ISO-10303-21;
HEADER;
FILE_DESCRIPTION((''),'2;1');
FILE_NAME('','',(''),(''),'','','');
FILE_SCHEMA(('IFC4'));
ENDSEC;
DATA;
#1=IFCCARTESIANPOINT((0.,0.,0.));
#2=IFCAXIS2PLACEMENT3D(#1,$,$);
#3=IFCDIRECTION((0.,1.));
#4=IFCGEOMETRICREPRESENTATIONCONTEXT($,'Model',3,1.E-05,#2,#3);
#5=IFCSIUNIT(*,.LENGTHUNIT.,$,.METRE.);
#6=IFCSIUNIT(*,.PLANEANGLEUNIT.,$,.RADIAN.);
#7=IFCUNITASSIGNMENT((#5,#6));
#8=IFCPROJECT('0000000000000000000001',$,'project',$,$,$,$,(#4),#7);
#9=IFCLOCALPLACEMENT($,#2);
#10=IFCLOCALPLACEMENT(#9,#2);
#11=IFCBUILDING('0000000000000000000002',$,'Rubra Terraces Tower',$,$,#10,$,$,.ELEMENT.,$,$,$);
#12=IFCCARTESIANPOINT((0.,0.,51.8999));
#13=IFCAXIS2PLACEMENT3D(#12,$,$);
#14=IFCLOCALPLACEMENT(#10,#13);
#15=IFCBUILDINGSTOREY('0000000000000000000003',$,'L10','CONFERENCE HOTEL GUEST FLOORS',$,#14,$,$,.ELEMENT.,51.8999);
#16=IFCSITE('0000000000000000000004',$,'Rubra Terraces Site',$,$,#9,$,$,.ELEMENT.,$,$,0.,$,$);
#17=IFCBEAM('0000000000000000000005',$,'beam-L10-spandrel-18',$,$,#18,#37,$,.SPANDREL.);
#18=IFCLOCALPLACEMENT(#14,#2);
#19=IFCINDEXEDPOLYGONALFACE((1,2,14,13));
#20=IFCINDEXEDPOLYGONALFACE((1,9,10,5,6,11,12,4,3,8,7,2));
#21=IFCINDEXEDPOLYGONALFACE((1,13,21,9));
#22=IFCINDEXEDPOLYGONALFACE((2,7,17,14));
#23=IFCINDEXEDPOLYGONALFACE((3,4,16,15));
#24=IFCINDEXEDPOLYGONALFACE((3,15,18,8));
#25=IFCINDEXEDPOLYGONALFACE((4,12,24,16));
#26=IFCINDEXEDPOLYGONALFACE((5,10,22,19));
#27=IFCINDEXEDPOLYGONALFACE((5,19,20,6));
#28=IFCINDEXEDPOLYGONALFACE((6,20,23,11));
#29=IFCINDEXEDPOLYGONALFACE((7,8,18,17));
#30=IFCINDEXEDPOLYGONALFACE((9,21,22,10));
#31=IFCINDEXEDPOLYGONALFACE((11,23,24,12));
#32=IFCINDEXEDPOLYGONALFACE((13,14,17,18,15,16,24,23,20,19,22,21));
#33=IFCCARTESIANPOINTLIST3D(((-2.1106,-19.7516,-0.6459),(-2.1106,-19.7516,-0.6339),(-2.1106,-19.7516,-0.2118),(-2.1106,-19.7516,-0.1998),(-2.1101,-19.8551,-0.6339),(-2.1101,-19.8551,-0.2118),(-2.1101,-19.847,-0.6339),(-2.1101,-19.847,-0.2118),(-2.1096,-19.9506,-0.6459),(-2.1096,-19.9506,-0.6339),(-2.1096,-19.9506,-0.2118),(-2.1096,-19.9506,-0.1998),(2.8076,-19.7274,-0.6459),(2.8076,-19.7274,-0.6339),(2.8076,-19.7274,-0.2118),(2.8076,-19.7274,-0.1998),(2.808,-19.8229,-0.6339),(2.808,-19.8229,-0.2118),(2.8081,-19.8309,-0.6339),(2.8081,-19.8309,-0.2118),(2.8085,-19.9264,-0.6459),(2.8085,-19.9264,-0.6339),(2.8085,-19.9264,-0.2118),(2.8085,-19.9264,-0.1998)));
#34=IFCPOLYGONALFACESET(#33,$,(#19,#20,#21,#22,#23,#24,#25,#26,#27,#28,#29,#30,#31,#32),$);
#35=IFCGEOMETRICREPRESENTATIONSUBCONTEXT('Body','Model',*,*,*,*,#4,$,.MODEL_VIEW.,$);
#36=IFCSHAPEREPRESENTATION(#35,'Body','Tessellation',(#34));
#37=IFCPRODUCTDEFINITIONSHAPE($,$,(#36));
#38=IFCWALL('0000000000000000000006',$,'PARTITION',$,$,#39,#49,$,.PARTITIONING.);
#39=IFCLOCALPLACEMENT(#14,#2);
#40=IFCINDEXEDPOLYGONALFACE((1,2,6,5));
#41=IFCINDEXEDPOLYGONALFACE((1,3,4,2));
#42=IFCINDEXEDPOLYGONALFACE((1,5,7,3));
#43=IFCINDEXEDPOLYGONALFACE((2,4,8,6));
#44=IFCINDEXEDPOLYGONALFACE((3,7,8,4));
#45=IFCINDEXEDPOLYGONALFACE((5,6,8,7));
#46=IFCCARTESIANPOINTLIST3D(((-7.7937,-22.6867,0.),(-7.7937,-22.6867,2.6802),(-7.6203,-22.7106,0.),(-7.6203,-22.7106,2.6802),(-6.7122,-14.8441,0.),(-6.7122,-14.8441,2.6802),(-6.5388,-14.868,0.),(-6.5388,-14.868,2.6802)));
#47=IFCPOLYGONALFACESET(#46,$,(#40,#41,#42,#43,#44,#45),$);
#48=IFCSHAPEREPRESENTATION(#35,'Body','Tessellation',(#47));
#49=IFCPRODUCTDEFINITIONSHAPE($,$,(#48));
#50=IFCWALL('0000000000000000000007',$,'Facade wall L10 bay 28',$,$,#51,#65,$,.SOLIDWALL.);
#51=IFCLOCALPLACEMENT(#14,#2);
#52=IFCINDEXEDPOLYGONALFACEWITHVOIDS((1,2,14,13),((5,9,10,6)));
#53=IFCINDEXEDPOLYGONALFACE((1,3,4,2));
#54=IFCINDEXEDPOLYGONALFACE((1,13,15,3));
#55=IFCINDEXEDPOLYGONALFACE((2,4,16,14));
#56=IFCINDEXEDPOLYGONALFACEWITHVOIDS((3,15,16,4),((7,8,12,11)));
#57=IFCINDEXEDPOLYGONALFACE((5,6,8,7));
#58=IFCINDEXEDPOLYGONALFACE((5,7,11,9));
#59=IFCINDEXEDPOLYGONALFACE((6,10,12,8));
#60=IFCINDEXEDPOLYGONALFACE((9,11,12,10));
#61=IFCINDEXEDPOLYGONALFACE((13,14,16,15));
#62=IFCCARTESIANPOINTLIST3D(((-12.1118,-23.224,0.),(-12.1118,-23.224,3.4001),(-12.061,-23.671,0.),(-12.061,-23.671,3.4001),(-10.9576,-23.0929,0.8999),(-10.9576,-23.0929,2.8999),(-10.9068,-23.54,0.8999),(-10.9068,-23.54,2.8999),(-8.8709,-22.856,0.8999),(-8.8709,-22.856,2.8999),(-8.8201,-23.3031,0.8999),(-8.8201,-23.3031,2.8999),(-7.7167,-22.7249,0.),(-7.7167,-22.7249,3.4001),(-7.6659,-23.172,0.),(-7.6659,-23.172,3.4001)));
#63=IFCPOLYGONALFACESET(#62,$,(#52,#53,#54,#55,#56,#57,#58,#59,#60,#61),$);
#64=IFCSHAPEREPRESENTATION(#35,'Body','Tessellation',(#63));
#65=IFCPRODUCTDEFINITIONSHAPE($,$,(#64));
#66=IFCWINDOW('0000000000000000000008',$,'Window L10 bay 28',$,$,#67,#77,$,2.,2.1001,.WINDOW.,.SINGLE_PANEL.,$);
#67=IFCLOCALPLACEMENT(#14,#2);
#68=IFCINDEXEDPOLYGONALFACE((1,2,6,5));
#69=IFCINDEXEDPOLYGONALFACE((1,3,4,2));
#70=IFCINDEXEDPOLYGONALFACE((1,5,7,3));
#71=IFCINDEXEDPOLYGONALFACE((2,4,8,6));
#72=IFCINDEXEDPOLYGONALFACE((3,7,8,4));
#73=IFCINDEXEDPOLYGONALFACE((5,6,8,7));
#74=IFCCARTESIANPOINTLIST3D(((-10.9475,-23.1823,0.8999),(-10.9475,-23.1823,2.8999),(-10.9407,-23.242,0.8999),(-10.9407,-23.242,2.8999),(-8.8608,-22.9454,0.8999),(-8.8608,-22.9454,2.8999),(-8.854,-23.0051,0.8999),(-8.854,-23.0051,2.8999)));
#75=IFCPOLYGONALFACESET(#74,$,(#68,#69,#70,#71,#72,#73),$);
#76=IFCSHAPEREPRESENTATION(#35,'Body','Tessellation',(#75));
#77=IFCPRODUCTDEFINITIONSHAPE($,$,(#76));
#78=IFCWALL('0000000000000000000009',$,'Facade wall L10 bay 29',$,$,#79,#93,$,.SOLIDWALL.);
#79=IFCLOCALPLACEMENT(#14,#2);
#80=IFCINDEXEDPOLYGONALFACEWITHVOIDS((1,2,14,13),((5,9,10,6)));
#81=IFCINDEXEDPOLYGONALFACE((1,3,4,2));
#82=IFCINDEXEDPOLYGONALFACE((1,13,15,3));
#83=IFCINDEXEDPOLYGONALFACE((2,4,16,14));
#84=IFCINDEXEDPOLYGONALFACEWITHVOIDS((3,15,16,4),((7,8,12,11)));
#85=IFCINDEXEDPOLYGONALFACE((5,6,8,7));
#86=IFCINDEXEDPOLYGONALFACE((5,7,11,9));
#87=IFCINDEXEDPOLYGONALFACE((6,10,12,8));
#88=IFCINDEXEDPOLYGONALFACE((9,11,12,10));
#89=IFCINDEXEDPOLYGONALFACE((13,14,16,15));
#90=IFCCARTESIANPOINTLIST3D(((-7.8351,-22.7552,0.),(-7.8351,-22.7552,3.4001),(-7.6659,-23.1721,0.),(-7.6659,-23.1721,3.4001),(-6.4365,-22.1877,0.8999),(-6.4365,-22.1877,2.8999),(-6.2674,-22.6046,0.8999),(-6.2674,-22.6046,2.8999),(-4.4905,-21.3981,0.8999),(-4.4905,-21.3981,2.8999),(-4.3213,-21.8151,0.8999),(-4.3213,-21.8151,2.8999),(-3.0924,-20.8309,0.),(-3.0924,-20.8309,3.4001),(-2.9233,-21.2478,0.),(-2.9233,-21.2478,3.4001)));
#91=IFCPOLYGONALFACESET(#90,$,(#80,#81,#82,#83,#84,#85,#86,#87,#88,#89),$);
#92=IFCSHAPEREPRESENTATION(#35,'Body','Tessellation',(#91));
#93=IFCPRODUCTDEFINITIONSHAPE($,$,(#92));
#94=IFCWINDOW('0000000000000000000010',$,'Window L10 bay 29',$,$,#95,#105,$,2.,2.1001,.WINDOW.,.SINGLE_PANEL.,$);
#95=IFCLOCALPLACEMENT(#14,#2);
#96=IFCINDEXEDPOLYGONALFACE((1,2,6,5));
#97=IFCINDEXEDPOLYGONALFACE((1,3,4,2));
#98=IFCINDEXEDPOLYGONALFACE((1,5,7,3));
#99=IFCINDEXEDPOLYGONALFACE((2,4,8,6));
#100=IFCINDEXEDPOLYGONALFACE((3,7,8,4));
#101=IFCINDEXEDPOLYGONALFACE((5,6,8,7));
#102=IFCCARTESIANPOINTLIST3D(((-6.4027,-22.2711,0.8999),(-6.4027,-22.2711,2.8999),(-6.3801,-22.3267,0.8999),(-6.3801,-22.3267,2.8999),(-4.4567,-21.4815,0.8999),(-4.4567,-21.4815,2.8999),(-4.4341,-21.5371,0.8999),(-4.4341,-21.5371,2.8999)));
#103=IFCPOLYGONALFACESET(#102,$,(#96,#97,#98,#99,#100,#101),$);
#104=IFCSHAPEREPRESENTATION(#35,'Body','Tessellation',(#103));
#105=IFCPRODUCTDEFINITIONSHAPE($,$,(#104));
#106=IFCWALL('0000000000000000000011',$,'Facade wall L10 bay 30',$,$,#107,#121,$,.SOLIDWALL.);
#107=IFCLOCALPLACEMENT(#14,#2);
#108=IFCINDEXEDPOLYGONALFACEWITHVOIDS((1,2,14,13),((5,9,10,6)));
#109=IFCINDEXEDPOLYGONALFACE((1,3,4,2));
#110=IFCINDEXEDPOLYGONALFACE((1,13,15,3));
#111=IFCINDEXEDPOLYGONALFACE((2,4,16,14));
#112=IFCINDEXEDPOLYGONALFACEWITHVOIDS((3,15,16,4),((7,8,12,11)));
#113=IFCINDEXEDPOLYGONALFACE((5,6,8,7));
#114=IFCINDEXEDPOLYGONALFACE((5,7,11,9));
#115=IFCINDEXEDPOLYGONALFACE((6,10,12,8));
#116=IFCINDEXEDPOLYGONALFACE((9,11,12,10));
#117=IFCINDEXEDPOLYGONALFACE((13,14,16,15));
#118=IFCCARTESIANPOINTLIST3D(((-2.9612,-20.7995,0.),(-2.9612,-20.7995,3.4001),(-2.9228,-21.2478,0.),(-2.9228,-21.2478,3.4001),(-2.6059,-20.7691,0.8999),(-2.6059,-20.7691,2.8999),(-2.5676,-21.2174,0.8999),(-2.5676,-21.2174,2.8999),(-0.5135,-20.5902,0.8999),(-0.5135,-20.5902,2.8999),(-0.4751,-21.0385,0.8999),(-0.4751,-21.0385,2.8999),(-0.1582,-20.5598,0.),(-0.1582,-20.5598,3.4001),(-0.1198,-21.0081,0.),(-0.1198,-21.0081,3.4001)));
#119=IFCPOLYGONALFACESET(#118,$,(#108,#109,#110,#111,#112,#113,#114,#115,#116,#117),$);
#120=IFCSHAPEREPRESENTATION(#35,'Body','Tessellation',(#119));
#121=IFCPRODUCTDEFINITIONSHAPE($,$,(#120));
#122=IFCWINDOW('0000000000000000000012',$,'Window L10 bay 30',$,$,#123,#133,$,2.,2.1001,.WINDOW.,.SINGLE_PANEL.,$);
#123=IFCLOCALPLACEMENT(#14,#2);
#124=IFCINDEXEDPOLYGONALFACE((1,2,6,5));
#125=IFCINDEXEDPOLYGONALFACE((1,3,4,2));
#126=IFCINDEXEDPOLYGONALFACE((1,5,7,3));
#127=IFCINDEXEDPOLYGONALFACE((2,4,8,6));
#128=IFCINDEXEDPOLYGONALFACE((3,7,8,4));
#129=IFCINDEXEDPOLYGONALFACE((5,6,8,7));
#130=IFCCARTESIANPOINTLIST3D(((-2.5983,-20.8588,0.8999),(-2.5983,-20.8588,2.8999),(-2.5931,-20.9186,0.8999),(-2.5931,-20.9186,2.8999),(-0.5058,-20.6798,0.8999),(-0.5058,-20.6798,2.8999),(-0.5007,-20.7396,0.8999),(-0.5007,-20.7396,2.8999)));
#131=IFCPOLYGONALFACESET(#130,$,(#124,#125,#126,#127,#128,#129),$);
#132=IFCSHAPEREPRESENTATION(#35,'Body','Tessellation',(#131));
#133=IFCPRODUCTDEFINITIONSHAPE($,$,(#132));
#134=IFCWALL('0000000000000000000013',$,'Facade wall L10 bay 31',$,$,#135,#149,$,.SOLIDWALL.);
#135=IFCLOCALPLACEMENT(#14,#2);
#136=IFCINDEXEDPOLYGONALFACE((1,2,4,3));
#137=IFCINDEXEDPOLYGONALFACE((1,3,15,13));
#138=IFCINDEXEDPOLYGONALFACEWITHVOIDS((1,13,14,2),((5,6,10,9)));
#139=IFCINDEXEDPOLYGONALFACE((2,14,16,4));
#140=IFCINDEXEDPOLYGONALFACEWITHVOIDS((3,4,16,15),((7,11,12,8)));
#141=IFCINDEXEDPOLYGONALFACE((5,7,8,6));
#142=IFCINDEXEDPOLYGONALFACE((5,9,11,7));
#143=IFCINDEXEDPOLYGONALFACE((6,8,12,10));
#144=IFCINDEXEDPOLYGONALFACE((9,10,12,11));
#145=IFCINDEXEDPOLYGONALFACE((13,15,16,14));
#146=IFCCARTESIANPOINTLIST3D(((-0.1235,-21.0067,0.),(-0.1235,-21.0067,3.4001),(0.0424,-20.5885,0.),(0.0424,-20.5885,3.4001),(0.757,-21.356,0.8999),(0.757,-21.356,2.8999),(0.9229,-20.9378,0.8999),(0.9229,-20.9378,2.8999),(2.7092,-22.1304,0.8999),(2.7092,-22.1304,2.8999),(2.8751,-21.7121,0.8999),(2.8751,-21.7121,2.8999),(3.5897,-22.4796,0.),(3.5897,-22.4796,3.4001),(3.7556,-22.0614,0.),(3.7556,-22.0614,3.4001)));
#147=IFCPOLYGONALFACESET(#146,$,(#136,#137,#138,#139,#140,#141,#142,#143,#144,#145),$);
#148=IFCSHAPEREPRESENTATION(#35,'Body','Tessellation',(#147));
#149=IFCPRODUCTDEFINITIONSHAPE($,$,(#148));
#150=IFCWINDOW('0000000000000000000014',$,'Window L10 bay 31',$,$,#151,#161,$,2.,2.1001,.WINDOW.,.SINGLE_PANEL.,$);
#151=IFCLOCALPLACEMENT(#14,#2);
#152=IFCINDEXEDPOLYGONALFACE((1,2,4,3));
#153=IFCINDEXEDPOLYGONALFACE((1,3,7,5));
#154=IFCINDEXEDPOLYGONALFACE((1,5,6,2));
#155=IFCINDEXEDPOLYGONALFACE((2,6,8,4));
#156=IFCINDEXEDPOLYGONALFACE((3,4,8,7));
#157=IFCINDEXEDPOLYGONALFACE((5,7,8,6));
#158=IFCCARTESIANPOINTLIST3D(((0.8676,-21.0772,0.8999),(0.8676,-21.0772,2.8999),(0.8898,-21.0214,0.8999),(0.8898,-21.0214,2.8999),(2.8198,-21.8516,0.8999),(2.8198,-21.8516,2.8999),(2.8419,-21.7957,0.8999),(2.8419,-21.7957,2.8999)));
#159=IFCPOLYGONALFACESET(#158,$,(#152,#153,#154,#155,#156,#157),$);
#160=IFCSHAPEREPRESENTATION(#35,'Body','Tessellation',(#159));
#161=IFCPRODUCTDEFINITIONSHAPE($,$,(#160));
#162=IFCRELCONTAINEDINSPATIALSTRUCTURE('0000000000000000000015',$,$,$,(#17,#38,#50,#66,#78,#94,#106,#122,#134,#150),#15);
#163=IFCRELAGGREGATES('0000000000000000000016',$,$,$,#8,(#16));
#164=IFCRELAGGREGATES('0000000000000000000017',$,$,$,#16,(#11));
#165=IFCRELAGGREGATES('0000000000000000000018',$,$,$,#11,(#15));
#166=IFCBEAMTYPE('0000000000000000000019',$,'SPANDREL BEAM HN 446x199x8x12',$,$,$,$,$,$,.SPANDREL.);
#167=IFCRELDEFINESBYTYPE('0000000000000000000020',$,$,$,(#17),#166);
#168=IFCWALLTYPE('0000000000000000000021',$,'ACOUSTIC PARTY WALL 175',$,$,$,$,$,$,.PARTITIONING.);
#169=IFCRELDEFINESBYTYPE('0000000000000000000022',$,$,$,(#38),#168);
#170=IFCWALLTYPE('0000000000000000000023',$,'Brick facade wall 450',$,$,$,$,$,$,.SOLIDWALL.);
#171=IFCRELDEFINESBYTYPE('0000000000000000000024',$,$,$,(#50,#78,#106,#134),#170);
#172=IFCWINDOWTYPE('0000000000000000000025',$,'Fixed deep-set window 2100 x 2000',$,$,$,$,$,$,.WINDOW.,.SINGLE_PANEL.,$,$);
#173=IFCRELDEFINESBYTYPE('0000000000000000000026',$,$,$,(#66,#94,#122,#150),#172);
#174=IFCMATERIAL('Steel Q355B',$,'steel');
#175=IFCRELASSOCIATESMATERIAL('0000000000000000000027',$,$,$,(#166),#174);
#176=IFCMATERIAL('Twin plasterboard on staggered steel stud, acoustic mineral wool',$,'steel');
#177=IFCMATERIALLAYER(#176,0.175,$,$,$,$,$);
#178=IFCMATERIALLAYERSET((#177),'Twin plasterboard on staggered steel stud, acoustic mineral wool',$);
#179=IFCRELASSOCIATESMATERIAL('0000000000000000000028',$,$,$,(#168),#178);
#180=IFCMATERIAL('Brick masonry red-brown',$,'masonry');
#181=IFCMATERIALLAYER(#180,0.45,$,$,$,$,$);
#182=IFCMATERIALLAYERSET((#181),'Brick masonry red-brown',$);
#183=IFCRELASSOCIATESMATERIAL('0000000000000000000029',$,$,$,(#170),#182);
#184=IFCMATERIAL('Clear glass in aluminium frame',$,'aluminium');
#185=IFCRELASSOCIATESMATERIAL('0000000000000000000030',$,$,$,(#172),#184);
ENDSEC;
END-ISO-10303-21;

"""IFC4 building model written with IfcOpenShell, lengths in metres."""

from ifc_helpers import new_model, si_unit, direction, frame, frame_2d, origin, origin_2d, place, context, subcontext, project, spatial, rectangle, i_section, extrude, material, layer, layer_set, material_profile, profile_set, type_object, element, fill, save


model = new_model("IFC4")

# Units and contexts
model_context = context("Model", 3, precision=1e-05, world=origin(), true_north=direction((0.0, 1.0)))
body_context = subcontext(model_context, "Body", "Model", "MODEL_VIEW")
ifc_project = project(units=[si_unit("LENGTHUNIT", "METRE"), si_unit("PLANEANGLEUNIT", "RADIAN")], contexts=[model_context])

# Site, building, storey
site_placement = place(None, origin())
site = spatial("IfcSite", under=ifc_project, at=site_placement, Name="Rubra Terraces Site", CompositionType="ELEMENT", RefElevation=0.0)
building_placement = place(site_placement, origin())
building = spatial("IfcBuilding", under=site, at=building_placement, Name="Rubra Terraces Tower", CompositionType="ELEMENT")
storey_placement = place(building_placement, frame((0.0, 0.0, 51.8999)))
storey = spatial("IfcBuildingStorey", under=building, at=storey_placement, Name="L10", Description="CONFERENCE HOTEL GUEST FLOORS", CompositionType="ELEMENT", Elevation=51.8999)

# Beam
ifc_material_1 = material(Name="Steel Q355B", Category="steel")
ifc_material_profile_1 = material_profile(ifc_material_1, i_section(OverallWidth=0.199, OverallDepth=0.446, WebThickness=0.0081, FlangeThickness=0.012, at=origin_2d()), Name="HN 446x199x8x12")
ifc_profile_set_1 = profile_set([ifc_material_profile_1], Name="Steel Q355B")
beam_type_1 = type_object("IfcBeamType", Name="SPANDREL BEAM HN 446x199x8x12", PredefinedType="SPANDREL", material=ifc_profile_set_1)
beam_1_placement = place(storey_placement, frame((-2.1101, -19.8511, -0.4229), z_axis=(0.999988, 0.004914, 0.0), x_axis=(-0.004914, 0.999988, 0.0)))
element("IfcBeam", 1, at=beam_1_placement, inside=storey, type_object=beam_type_1, Name="beam-L10-spandrel-18", PredefinedType="SPANDREL", context=body_context, shape_type="SweptSolid", body=[
    extrude(i_section(OverallWidth=0.199, OverallDepth=0.446, WebThickness=0.0081, FlangeThickness=0.012, at=origin_2d()), origin(), (0.0, 0.0, 1.0), 4.9182),
])

# Wall
ifc_material_2 = material(Name="Twin plasterboard on staggered steel stud, acoustic mineral wool", Category="steel")
ifc_layer_1 = layer(ifc_material_2, 0.175)
ifc_layer_set_1 = layer_set([ifc_layer_1], Name="Twin plasterboard on staggered steel stud, acoustic mineral wool")
wall_type_1 = type_object("IfcWallType", Name="ACOUSTIC PARTY WALL 175", PredefinedType="PARTITIONING", material=ifc_layer_set_1)
wall_1_placement = place(storey_placement, frame((-7.707, -22.6987, 0.0), z_axis=(0.0, 0.0, 1.0), x_axis=(0.136614, 0.990624, 0.0)))
element("IfcWall", 2, at=wall_1_placement, inside=storey, type_object=wall_type_1, Name="PARTITION", PredefinedType="PARTITIONING", context=body_context, shape_type="SweptSolid", body=[
    extrude(rectangle(XDim=7.9167, YDim=0.175, at=frame_2d((3.9585, 0.0))), origin(), (0.0, 0.0, 1.0), 2.6802),
])

# Walls, openings, windows
ifc_material_3 = material(Name="Brick masonry red-brown", Category="masonry")
ifc_layer_2 = layer(ifc_material_3, 0.45)
ifc_layer_set_2 = layer_set([ifc_layer_2], Name="Brick masonry red-brown")
wall_type_2 = type_object("IfcWallType", Name="Brick facade wall 450", PredefinedType="SOLIDWALL", material=ifc_layer_set_2)
wall_2_placement = place(storey_placement, frame((-12.0864, -23.4475, 0.0), z_axis=(0.0, 0.0, 1.0), x_axis=(0.993616, 0.112818, 0.0)))
wall_2 = element("IfcWall", 3, at=wall_2_placement, inside=storey, type_object=wall_type_2, Name="Facade wall L10 bay 28", PredefinedType="SOLIDWALL", context=body_context, shape_type="SweptSolid", body=[
    extrude(rectangle(XDim=4.4233, YDim=0.45, at=frame_2d((2.2117, 0.0))), origin(), (0.0, 0.0, 1.0), 3.4001),
])
opening_1_placement = place(wall_2_placement, frame((1.1616, 0.0, 0.8999)))
opening_1 = element("IfcOpeningElement", 4, at=opening_1_placement, cuts=wall_2, PredefinedType="OPENING", context=body_context, shape_type="SweptSolid", body=[
    extrude(rectangle(XDim=2.1001, YDim=2.0, at=frame_2d((1.05, 1.0))), frame((0.0, 0.2349, 0.0), z_axis=(0.0, -1.0, 0.0), x_axis=(1.0, 0.0, 0.0)), (0.0, 0.0, 1.0), 0.47),
])
ifc_material_4 = material(Name="Clear glass in aluminium frame", Category="aluminium")
window_type = type_object("IfcWindowType", Name="Fixed deep-set window 2100 x 2000", PartitioningType="SINGLE_PANEL", PredefinedType="WINDOW", material=ifc_material_4)
window_1_placement = place(opening_1_placement, origin())
window_1 = element("IfcWindow", 5, at=window_1_placement, inside=storey, type_object=window_type, Name="Window L10 bay 28", OverallHeight=2.0, OverallWidth=2.1001, PartitioningType="SINGLE_PANEL", PredefinedType="WINDOW", context=body_context, shape_type="SweptSolid", body=[
    extrude(rectangle(XDim=2.1001, YDim=2.0, at=frame_2d((1.05, 1.0))), frame((0.0, 0.135, 0.0), z_axis=(0.0, -1.0, 0.0), x_axis=(1.0, 0.0, 0.0)), (0.0, 0.0, 1.0), 0.0601),
])
fill(opening_1, window_1)
wall_3_placement = place(storey_placement, frame((-7.7505, -22.9636, 0.0), z_axis=(0.0, 0.0, 1.0), x_axis=(0.92663, 0.375975, 0.0)))
wall_3 = element("IfcWall", 6, at=wall_3_placement, inside=storey, type_object=wall_type_2, Name="Facade wall L10 bay 29", PredefinedType="SOLIDWALL", context=body_context, shape_type="SweptSolid", body=[
    extrude(rectangle(XDim=5.1182, YDim=0.45, at=frame_2d((2.5591, 0.0))), origin(), (0.0, 0.0, 1.0), 3.4001),
])
opening_2_placement = place(wall_3_placement, frame((1.5093, 0.0, 0.8999)))
opening_2 = element("IfcOpeningElement", 7, at=opening_2_placement, cuts=wall_3, PredefinedType="OPENING", context=body_context, shape_type="SweptSolid", body=[
    extrude(rectangle(XDim=2.1001, YDim=2.0, at=frame_2d((1.05, 1.0))), frame((0.0, 0.2349, 0.0), z_axis=(0.0, -1.0, 0.0), x_axis=(1.0, 0.0, 0.0)), (0.0, 0.0, 1.0), 0.47),
])
window_2_placement = place(opening_2_placement, origin())
window_2 = element("IfcWindow", 8, at=window_2_placement, inside=storey, type_object=window_type, Name="Window L10 bay 29", OverallHeight=2.0, OverallWidth=2.1001, PartitioningType="SINGLE_PANEL", PredefinedType="WINDOW", context=body_context, shape_type="SweptSolid", body=[
    extrude(rectangle(XDim=2.1001, YDim=2.0, at=frame_2d((1.05, 1.0))), frame((0.0, 0.135, 0.0), z_axis=(0.0, -1.0, 0.0), x_axis=(1.0, 0.0, 0.0)), (0.0, 0.0, 1.0), 0.0601),
])
fill(opening_2, window_2)
wall_4_placement = place(storey_placement, frame((-2.9421, -21.0237, 0.0), z_axis=(0.0, 0.0, 1.0), x_axis=(0.996362, 0.085221, 0.0)))
wall_4 = element("IfcWall", 9, at=wall_4_placement, inside=storey, type_object=wall_type_2, Name="Facade wall L10 bay 30", PredefinedType="SOLIDWALL", context=body_context, shape_type="SweptSolid", body=[
    extrude(rectangle(XDim=2.8132, YDim=0.45, at=frame_2d((1.4067, 0.0))), origin(), (0.0, 0.0, 1.0), 3.4001),
])
opening_3_placement = place(wall_4_placement, frame((0.3567, 0.0, 0.8999)))
opening_3 = element("IfcOpeningElement", 10, at=opening_3_placement, cuts=wall_4, PredefinedType="OPENING", context=body_context, shape_type="SweptSolid", body=[
    extrude(rectangle(XDim=2.1001, YDim=2.0, at=frame_2d((1.05, 1.0))), frame((0.0, 0.2349, 0.0), z_axis=(0.0, -1.0, 0.0), x_axis=(1.0, 0.0, 0.0)), (0.0, 0.0, 1.0), 0.47),
])
window_3_placement = place(opening_3_placement, origin())
window_3 = element("IfcWindow", 11, at=window_3_placement, inside=storey, type_object=window_type, Name="Window L10 bay 30", OverallHeight=2.0, OverallWidth=2.1001, PartitioningType="SINGLE_PANEL", PredefinedType="WINDOW", context=body_context, shape_type="SweptSolid", body=[
    extrude(rectangle(XDim=2.1001, YDim=2.0, at=frame_2d((1.05, 1.0))), frame((0.0, 0.135, 0.0), z_axis=(0.0, -1.0, 0.0), x_axis=(1.0, 0.0, 0.0)), (0.0, 0.0, 1.0), 0.0601),
])
fill(opening_3, window_3)
wall_5_placement = place(storey_placement, frame((-0.0405, -20.7976, 0.0), z_axis=(0.0, 0.0, 1.0), x_axis=(0.929539, -0.368723, 0.0)))
wall_5 = element("IfcWall", 12, at=wall_5_placement, inside=storey, type_object=wall_type_2, Name="Facade wall L10 bay 31", PredefinedType="SOLIDWALL", context=body_context, shape_type="SweptSolid", body=[
    extrude(rectangle(XDim=3.9946, YDim=0.45, at=frame_2d((1.9973, 0.0))), origin(), (0.0, 0.0, 1.0), 3.4001),
])
opening_4_placement = place(wall_5_placement, frame((0.9473, 0.0, 0.8999)))
opening_4 = element("IfcOpeningElement", 13, at=opening_4_placement, cuts=wall_5, PredefinedType="OPENING", context=body_context, shape_type="SweptSolid", body=[
    extrude(rectangle(XDim=2.1001, YDim=2.0, at=frame_2d((1.05, 1.0))), frame((0.0, 0.2349, 0.0), z_axis=(0.0, -1.0, 0.0), x_axis=(1.0, 0.0, 0.0)), (0.0, 0.0, 1.0), 0.47),
])
window_4_placement = place(opening_4_placement, origin())
window_4 = element("IfcWindow", 14, at=window_4_placement, inside=storey, type_object=window_type, Name="Window L10 bay 31", OverallHeight=2.0, OverallWidth=2.1001, PartitioningType="SINGLE_PANEL", PredefinedType="WINDOW", context=body_context, shape_type="SweptSolid", body=[
    extrude(rectangle(XDim=2.1001, YDim=2.0, at=frame_2d((1.05, 1.0))), frame((0.0, 0.135, 0.0), z_axis=(0.0, -1.0, 0.0), x_axis=(1.0, 0.0, 0.0)), (0.0, 0.0, 1.0), 0.0601),
])
fill(opening_4, window_4)

save(model, "model.ifc")
